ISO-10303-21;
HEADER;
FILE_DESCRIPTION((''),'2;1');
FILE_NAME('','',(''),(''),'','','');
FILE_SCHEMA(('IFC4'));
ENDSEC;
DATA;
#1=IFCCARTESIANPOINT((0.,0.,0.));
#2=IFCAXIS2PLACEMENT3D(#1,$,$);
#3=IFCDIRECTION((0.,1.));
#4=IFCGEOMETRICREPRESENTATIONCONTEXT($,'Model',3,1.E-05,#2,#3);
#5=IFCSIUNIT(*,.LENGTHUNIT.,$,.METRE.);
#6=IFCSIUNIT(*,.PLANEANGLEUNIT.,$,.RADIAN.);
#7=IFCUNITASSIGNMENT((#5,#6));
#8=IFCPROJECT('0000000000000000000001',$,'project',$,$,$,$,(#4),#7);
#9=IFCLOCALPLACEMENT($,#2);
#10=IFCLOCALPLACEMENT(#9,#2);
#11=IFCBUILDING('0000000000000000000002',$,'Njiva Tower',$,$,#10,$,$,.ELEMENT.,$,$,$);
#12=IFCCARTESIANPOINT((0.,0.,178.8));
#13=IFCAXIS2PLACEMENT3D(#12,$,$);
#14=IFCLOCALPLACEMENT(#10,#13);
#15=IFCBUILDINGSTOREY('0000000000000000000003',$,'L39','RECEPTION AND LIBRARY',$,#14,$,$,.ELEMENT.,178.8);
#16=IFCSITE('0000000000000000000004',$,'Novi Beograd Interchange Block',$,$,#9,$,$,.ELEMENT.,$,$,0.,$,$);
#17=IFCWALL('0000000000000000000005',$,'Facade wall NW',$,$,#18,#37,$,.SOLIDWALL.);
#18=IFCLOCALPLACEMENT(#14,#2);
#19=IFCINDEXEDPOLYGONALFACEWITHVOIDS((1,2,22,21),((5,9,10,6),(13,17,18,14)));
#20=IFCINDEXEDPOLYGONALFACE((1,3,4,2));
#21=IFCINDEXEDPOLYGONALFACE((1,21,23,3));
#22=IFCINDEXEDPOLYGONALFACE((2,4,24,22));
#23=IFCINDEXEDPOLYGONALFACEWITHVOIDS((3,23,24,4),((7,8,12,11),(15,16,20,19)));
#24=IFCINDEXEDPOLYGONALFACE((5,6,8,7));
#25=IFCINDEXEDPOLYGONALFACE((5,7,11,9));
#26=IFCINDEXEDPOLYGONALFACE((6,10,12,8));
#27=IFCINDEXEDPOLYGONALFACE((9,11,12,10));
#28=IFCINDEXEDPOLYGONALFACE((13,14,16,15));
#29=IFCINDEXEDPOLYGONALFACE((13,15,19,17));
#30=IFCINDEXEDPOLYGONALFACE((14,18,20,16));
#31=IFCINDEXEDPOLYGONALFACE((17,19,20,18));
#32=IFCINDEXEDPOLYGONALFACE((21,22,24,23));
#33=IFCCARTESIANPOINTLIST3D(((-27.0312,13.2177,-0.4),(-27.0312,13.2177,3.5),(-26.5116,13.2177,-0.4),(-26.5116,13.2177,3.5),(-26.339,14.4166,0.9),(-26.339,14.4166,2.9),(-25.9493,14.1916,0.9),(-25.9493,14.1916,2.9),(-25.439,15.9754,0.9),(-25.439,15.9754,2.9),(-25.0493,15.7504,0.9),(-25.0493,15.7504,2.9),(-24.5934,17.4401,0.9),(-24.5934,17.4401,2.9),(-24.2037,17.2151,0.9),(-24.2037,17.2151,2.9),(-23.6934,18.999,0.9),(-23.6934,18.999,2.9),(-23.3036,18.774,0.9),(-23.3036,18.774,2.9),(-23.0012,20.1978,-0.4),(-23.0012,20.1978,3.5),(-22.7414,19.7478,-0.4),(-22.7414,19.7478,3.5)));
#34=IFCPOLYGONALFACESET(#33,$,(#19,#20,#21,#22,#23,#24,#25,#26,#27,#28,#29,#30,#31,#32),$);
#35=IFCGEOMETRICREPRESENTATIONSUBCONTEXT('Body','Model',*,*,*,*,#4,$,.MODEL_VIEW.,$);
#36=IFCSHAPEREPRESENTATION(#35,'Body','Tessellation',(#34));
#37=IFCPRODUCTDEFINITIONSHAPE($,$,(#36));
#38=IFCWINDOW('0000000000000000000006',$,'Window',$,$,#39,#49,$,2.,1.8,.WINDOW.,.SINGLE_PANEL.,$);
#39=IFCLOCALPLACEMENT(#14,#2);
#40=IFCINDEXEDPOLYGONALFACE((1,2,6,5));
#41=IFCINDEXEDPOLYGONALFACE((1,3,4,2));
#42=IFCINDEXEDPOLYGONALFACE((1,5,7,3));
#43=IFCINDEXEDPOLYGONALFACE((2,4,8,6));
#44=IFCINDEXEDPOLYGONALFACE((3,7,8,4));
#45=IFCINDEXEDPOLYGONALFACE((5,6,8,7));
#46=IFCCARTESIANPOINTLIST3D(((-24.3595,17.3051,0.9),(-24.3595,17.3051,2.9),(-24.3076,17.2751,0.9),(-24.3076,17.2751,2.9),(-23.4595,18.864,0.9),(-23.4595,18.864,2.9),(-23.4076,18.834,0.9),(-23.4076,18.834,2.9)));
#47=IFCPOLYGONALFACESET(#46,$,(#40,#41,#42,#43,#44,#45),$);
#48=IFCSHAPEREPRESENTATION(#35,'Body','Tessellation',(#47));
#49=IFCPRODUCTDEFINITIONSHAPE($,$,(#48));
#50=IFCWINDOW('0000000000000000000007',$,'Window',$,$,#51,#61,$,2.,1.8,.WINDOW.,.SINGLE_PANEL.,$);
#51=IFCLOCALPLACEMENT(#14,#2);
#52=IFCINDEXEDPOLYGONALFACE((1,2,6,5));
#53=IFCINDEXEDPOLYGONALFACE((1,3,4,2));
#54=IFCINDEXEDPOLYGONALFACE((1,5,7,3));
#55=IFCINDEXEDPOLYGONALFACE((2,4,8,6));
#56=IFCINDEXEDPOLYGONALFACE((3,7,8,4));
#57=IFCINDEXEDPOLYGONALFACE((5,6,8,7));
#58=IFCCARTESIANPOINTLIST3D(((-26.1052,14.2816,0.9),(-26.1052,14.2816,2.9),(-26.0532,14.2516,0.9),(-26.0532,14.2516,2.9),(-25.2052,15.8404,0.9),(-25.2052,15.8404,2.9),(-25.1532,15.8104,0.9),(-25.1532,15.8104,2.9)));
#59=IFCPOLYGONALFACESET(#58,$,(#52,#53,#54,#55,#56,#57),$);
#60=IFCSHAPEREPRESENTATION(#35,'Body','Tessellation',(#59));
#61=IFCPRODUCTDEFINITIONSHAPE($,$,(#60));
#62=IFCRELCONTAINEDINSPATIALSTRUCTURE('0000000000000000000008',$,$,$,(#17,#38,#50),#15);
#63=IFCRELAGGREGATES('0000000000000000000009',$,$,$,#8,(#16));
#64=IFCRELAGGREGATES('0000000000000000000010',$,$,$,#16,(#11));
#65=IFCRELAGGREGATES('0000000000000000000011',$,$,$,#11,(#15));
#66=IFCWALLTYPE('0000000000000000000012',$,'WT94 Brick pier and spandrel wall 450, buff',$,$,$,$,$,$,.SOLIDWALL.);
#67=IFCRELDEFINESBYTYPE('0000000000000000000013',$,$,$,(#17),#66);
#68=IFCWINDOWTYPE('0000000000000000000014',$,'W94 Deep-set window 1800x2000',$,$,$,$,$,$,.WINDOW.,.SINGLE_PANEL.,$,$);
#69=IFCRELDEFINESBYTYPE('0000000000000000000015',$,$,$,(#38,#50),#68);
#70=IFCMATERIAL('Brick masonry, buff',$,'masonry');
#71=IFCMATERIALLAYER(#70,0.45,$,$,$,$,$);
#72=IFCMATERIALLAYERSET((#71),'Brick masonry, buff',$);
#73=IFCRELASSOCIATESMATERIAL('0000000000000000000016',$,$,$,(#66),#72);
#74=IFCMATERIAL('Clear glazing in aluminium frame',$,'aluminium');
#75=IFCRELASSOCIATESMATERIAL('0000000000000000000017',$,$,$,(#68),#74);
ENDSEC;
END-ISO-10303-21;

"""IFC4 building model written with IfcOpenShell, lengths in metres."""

from ifc_helpers import new_model, si_unit, direction, frame, frame_2d, origin, place, context, subcontext, project, spatial, polyline, rectangle, outline, extrude, material, layer, layer_set, type_object, element, fill, save


model = new_model("IFC4")

# Units and contexts
model_context = context("Model", 3, precision=1e-05, world=origin(), true_north=direction((0.0, 1.0)))
body_context = subcontext(model_context, "Body", "Model", "MODEL_VIEW")
ifc_project = project(units=[si_unit("LENGTHUNIT", "METRE"), si_unit("PLANEANGLEUNIT", "RADIAN")], contexts=[model_context])

# Site, building, storey
site_placement = place(None, origin())
site = spatial("IfcSite", under=ifc_project, at=site_placement, Name="Novi Beograd Interchange Block", CompositionType="ELEMENT", RefElevation=0.0)
building_placement = place(site_placement, origin())
building = spatial("IfcBuilding", under=site, at=building_placement, Name="Njiva Tower", CompositionType="ELEMENT")
storey_placement = place(building_placement, frame((0.0, 0.0, 178.8)))
storey = spatial("IfcBuildingStorey", under=building, at=storey_placement, Name="L39", Description="RECEPTION AND LIBRARY", CompositionType="ELEMENT", Elevation=178.8)

# Wall, openings, windows
ifc_material_1 = material(Name="Brick masonry, buff", Category="masonry")
ifc_layer_1 = layer(ifc_material_1, 0.45)
ifc_layer_set_1 = layer_set([ifc_layer_1], Name="Brick masonry, buff")
wall_type_1 = type_object("IfcWallType", Name="WT94 Brick pier and spandrel wall 450, buff", PredefinedType="SOLIDWALL", material=ifc_layer_set_1)
wall_1_placement = place(storey_placement, frame((-22.8713, 19.9728, -0.4), z_axis=(0.0, 0.0, 1.0), x_axis=(-0.500004, -0.866023, 0.0)))
wall_1 = element("IfcWall", 1, at=wall_1_placement, inside=storey, type_object=wall_type_1, Name="Facade wall NW", PredefinedType="SOLIDWALL", context=body_context, shape_type="SweptSolid", body=[
    extrude(outline(polyline([(-0.1299, -0.225), (7.93, -0.225), (7.6702, 0.225), (0.1299, 0.225), (-0.1299, -0.225)])), origin(), (0.0, 0.0, 1.0), 3.9),
])
opening_1_placement = place(wall_1_placement, frame((1.2544, 0.0, 1.3)))
opening_1 = element("IfcOpeningElement", 2, at=opening_1_placement, cuts=wall_1, PredefinedType="OPENING", context=body_context, shape_type="SweptSolid", body=[
    extrude(rectangle(XDim=1.8, YDim=2.0, at=frame_2d((0.9, 1.0))), frame((0.0, 0.235, 0.0), z_axis=(0.0, -1.0, 0.0), x_axis=(1.0, 0.0, 0.0)), (0.0, 0.0, 1.0), 0.47),
])
opening_2_placement = place(wall_1_placement, frame((4.7457, 0.0, 1.3)))
opening_2 = element("IfcOpeningElement", 3, at=opening_2_placement, cuts=wall_1, PredefinedType="OPENING", context=body_context, shape_type="SweptSolid", body=[
    extrude(rectangle(XDim=1.8, YDim=2.0, at=frame_2d((0.9, 1.0))), frame((0.0, 0.235, 0.0), z_axis=(0.0, -1.0, 0.0), x_axis=(1.0, 0.0, 0.0)), (0.0, 0.0, 1.0), 0.47),
])
ifc_material_2 = material(Name="Clear glazing in aluminium frame", Category="aluminium")
window_type = type_object("IfcWindowType", Name="W94 Deep-set window 1800x2000", PartitioningType="SINGLE_PANEL", PredefinedType="WINDOW", material=ifc_material_2)
window_1_placement = place(opening_1_placement, origin())
window_1 = element("IfcWindow", 4, at=window_1_placement, inside=storey, type_object=window_type, Name="Window", OverallHeight=2.0, OverallWidth=1.8, PartitioningType="SINGLE_PANEL", PredefinedType="WINDOW", context=body_context, shape_type="SweptSolid", body=[
    extrude(rectangle(XDim=1.8, YDim=2.0, at=frame_2d((0.9, 1.0))), frame((0.0, 0.105, 0.0), z_axis=(0.0, -1.0, 0.0), x_axis=(1.0, 0.0, 0.0)), (0.0, 0.0, 1.0), 0.06),
])
fill(opening_1, window_1)
window_2_placement = place(opening_2_placement, origin())
window_2 = element("IfcWindow", 5, at=window_2_placement, inside=storey, type_object=window_type, Name="Window", OverallHeight=2.0, OverallWidth=1.8, PartitioningType="SINGLE_PANEL", PredefinedType="WINDOW", context=body_context, shape_type="SweptSolid", body=[
    extrude(rectangle(XDim=1.8, YDim=2.0, at=frame_2d((0.9, 1.0))), frame((0.0, 0.105, 0.0), z_axis=(0.0, -1.0, 0.0), x_axis=(1.0, 0.0, 0.0)), (0.0, 0.0, 1.0), 0.06),
])
fill(opening_2, window_2)

save(model, "model.ifc")
